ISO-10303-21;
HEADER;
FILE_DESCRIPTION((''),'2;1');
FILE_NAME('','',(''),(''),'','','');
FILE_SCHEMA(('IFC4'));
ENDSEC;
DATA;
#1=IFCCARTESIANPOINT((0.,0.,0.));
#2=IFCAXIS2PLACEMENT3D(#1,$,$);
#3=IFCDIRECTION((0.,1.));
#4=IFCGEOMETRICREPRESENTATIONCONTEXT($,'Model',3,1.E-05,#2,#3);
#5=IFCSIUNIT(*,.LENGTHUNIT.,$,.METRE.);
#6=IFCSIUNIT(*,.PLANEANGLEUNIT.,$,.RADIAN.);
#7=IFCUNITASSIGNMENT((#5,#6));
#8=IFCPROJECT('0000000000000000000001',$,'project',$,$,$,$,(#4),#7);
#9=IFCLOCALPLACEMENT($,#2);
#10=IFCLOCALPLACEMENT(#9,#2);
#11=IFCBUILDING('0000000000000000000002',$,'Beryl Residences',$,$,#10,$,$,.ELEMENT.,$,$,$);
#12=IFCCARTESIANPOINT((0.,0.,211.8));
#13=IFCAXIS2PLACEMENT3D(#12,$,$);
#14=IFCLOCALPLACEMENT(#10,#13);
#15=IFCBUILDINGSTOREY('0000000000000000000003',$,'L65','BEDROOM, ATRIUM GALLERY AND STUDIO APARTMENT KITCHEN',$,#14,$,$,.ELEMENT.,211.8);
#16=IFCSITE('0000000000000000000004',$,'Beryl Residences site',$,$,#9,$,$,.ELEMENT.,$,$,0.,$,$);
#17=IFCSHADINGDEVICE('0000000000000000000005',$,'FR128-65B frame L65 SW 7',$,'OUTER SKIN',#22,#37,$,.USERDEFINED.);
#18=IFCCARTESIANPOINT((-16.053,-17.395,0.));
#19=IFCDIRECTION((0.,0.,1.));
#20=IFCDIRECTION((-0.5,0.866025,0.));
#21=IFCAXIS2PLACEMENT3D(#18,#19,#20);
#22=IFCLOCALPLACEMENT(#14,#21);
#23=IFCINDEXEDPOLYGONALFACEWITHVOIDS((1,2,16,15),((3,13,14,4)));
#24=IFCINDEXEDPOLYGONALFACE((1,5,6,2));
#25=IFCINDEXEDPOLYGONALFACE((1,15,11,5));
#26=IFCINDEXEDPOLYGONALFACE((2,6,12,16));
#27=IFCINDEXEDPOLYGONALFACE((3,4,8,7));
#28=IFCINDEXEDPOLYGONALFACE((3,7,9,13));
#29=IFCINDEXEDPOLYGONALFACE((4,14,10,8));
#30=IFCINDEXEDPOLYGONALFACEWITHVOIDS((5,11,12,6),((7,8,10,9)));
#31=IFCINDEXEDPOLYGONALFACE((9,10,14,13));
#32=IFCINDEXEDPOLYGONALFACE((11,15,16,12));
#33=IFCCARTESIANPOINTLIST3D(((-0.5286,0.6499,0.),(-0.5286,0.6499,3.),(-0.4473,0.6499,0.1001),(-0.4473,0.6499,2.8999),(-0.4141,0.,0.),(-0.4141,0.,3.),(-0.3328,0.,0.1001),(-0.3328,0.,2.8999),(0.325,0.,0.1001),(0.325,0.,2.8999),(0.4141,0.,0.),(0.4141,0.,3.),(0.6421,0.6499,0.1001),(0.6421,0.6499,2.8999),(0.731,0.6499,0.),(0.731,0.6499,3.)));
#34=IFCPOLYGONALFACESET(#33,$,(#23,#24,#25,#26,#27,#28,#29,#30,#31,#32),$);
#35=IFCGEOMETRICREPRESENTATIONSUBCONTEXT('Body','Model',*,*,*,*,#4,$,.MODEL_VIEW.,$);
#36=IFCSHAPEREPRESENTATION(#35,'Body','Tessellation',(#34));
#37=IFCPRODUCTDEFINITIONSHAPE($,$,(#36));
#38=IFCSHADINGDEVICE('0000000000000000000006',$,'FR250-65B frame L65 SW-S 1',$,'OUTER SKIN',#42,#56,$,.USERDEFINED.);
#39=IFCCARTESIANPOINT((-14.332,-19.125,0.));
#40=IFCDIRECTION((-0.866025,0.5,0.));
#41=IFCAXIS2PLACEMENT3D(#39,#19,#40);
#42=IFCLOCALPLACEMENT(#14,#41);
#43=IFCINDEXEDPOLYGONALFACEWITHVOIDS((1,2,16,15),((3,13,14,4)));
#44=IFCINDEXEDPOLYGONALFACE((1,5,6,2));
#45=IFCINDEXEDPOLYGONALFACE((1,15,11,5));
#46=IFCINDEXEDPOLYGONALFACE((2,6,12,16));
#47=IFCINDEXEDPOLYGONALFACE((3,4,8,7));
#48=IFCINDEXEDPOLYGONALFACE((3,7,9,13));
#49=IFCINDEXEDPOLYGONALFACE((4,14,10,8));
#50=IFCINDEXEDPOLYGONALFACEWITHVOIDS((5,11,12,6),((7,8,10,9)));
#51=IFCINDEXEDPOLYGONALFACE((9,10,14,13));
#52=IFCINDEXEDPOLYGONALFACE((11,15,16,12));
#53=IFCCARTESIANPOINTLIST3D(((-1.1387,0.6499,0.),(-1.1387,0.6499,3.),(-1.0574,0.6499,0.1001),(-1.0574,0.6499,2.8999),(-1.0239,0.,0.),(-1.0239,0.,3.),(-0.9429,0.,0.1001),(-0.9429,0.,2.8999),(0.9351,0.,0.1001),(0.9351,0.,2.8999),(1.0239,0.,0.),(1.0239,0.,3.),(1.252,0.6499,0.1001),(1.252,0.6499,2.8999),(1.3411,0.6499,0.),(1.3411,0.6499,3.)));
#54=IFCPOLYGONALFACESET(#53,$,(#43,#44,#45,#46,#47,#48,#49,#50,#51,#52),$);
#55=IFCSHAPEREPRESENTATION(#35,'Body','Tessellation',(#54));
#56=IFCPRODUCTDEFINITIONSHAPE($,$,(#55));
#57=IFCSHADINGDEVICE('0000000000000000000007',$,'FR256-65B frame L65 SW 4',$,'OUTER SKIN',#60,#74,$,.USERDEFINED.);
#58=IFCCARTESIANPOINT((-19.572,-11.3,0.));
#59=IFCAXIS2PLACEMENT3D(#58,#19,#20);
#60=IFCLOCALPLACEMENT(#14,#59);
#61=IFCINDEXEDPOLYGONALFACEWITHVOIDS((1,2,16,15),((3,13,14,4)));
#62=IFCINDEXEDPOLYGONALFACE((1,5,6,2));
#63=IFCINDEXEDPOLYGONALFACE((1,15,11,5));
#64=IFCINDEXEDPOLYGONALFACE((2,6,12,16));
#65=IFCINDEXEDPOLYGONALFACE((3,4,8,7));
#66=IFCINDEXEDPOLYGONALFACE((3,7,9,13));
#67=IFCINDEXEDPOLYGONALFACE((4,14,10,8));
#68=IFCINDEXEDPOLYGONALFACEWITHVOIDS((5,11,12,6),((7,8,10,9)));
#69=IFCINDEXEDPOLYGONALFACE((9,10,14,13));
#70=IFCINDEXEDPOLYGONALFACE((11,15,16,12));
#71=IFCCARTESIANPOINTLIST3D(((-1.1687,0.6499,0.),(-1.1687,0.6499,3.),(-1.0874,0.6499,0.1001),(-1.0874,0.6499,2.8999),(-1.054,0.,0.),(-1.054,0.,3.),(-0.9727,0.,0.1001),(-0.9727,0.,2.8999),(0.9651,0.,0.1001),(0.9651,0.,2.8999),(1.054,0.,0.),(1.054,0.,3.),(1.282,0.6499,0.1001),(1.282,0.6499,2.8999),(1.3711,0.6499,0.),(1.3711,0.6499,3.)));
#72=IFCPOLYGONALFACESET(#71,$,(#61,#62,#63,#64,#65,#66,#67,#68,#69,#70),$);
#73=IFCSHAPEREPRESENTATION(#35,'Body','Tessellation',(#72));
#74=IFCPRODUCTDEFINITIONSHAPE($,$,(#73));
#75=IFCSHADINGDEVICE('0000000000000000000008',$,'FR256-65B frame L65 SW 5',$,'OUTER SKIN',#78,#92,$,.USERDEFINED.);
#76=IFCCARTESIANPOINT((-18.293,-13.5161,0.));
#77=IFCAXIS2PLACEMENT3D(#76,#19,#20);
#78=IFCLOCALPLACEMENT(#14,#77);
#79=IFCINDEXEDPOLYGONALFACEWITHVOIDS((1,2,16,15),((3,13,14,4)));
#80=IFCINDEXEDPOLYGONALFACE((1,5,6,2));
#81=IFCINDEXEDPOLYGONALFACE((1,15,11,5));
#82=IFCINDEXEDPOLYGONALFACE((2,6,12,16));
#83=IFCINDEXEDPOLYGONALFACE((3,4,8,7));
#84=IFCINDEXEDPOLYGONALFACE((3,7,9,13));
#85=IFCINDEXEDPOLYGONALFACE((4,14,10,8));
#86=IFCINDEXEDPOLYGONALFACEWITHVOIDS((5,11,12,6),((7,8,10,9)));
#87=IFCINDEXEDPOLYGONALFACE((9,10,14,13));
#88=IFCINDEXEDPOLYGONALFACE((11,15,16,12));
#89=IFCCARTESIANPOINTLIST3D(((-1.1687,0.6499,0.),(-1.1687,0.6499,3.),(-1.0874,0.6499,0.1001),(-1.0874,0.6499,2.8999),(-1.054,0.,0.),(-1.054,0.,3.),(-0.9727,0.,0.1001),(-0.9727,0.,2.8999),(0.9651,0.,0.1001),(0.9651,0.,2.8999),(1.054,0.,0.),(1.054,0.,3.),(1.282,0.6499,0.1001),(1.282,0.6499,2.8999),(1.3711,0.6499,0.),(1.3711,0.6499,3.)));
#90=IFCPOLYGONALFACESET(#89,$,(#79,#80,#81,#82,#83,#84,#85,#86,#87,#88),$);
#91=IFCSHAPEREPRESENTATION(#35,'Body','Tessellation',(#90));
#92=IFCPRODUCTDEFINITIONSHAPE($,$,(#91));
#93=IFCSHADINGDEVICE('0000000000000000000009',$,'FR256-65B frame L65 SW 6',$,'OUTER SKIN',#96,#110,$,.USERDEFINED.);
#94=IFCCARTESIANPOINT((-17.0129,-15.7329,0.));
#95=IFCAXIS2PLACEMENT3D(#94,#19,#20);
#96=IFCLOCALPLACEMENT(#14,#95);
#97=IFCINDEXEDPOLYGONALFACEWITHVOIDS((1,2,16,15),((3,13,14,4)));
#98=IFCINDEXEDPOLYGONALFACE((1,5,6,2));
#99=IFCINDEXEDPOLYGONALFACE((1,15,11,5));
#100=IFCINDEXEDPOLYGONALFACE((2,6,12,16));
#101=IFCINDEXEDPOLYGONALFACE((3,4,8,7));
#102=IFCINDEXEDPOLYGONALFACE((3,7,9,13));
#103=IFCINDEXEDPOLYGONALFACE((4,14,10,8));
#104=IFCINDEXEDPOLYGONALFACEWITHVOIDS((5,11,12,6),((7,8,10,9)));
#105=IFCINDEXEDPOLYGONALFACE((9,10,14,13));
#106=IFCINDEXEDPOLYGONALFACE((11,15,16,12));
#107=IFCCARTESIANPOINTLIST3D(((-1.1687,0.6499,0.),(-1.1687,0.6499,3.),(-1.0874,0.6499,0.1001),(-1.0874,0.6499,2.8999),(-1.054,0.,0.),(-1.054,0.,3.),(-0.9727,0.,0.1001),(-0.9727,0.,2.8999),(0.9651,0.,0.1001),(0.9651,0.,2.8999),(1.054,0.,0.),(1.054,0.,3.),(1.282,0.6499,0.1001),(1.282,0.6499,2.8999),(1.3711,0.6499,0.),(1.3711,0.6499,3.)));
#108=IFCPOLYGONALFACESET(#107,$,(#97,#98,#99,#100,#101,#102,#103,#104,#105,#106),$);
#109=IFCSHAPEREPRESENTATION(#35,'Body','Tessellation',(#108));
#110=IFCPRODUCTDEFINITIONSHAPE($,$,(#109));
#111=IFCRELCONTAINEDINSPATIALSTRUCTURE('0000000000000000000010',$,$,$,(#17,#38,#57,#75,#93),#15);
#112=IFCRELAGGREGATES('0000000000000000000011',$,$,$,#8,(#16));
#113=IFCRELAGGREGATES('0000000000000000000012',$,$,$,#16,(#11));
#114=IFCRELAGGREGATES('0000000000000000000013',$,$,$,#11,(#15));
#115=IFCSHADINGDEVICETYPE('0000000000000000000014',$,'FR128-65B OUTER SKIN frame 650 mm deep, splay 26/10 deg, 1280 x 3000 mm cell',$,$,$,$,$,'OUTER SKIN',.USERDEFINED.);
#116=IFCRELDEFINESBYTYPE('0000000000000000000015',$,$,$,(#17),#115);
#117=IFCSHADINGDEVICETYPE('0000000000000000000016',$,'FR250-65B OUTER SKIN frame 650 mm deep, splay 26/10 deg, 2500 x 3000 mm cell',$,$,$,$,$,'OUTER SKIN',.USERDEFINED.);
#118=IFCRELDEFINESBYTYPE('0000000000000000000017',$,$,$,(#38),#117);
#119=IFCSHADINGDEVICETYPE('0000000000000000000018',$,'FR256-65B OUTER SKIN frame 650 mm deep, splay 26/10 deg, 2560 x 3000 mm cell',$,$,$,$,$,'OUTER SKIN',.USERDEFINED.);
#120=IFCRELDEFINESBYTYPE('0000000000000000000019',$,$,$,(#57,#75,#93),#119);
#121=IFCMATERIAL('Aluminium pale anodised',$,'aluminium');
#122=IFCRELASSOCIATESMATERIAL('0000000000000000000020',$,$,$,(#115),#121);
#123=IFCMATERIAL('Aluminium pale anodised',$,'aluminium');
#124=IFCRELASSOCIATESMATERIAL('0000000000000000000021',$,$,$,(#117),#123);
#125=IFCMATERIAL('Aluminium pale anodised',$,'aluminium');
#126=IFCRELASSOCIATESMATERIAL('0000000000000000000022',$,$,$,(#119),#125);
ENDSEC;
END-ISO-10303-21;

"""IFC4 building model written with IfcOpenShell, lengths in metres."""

from ifc_helpers import new_model, entity, si_unit, direction, frame, origin, place, context, subcontext, project, spatial, source, transform, mapped, material, type_object, type_shapes, element, save


model = new_model("IFC4")

# Units and contexts
model_context = context("Model", 3, precision=1e-05, world=origin(), true_north=direction((0.0, 1.0)))
body_context = subcontext(model_context, "Body", "Model", "MODEL_VIEW")
ifc_project = project(units=[si_unit("LENGTHUNIT", "METRE"), si_unit("PLANEANGLEUNIT", "RADIAN")], contexts=[model_context])

# Site, building, storey
site_placement = place(None, origin())
site = spatial("IfcSite", under=ifc_project, at=site_placement, Name="Beryl Residences site", CompositionType="ELEMENT", RefElevation=0.0)
building_placement = place(site_placement, origin())
building = spatial("IfcBuilding", under=site, at=building_placement, Name="Beryl Residences", CompositionType="ELEMENT")
storey_placement = place(building_placement, frame((0.0, 0.0, 211.8)))
storey = spatial("IfcBuildingStorey", under=building, at=storey_placement, Name="L65", Description="BEDROOM, ATRIUM GALLERY AND STUDIO APARTMENT KITCHEN", CompositionType="ELEMENT", Elevation=211.8)

# Shading devices
ifc_material_1 = material(Name="Aluminium pale anodised", Category="aluminium")
shading_device_type_1 = type_object("IfcShadingDeviceType", Name="FR128-65B OUTER SKIN frame 650 mm deep, splay 26/10 deg, 1280 x 3000 mm cell", ElementType="OUTER SKIN", PredefinedType="USERDEFINED", material=ifc_material_1)
cartesian_point_1 = entity("IfcCartesianPoint", [-0.4141, 0.0])
cartesian_point_2 = entity("IfcCartesianPoint", [-0.325, 0.1001])
cartesian_point_3 = entity("IfcCartesianPoint", [-0.731, 0.0])
cartesian_point_4 = entity("IfcCartesianPoint", [-0.6421, 0.1001])
shared_shape_1 = source(origin(), body_context, "Body", "SweptSolid", [
    entity("IfcExtrudedAreaSolidTapered", entity("IfcArbitraryProfileDefWithVoids", "AREA", None, entity("IfcPolyline", [cartesian_point_1, entity("IfcCartesianPoint", [0.4141, 0.0]), entity("IfcCartesianPoint", [0.4141, 3.0]), entity("IfcCartesianPoint", [-0.4141, 3.0]), cartesian_point_1]), [entity("IfcPolyline", [cartesian_point_2, entity("IfcCartesianPoint", [0.3328, 0.1001]), entity("IfcCartesianPoint", [0.3328, 2.8999]), entity("IfcCartesianPoint", [-0.325, 2.8999]), cartesian_point_2])]), entity("IfcAxis2Placement3D", entity("IfcCartesianPoint", [0.0, 0.0, 0.0]), entity("IfcDirection", [0.0, 1.0, 0.0]), entity("IfcDirection", [-1.0, 0.0, 0.0])), entity("IfcDirection", [0.0, 0.0, 1.0]), 0.6499, entity("IfcArbitraryProfileDefWithVoids", "AREA", None, entity("IfcPolyline", [cartesian_point_3, entity("IfcCartesianPoint", [0.5286, 0.0]), entity("IfcCartesianPoint", [0.5286, 3.0]), entity("IfcCartesianPoint", [-0.731, 3.0]), cartesian_point_3]), [entity("IfcPolyline", [cartesian_point_4, entity("IfcCartesianPoint", [0.4473, 0.1001]), entity("IfcCartesianPoint", [0.4473, 2.8999]), entity("IfcCartesianPoint", [-0.6421, 2.8999]), cartesian_point_4])])),
])
type_shapes(shading_device_type_1, [shared_shape_1])
shading_device_1_placement = place(storey_placement, frame((-16.053, -17.395, 0.0), z_axis=(0.0, 0.0, 1.0), x_axis=(-0.5, 0.866025, 0.0)))
element("IfcShadingDevice", 1, at=shading_device_1_placement, inside=storey, type_object=shading_device_type_1, Name="FR128-65B frame L65 SW 7", ObjectType="OUTER SKIN", PredefinedType="USERDEFINED", context=body_context, shape_type="MappedRepresentation", body=[
    mapped(shared_shape_1, transform((0.0, 0.0, 0.0))),
])
ifc_material_2 = material(Name="Aluminium pale anodised", Category="aluminium")
shading_device_type_2 = type_object("IfcShadingDeviceType", Name="FR250-65B OUTER SKIN frame 650 mm deep, splay 26/10 deg, 2500 x 3000 mm cell", ElementType="OUTER SKIN", PredefinedType="USERDEFINED", material=ifc_material_2)
cartesian_point_5 = entity("IfcCartesianPoint", [-1.0239, 0.0])
cartesian_point_6 = entity("IfcCartesianPoint", [-0.9351, 0.1001])
cartesian_point_7 = entity("IfcCartesianPoint", [-1.3411, 0.0])
cartesian_point_8 = entity("IfcCartesianPoint", [-1.252, 0.1001])
shared_shape_2 = source(origin(), body_context, "Body", "SweptSolid", [
    entity("IfcExtrudedAreaSolidTapered", entity("IfcArbitraryProfileDefWithVoids", "AREA", None, entity("IfcPolyline", [cartesian_point_5, entity("IfcCartesianPoint", [1.0239, 0.0]), entity("IfcCartesianPoint", [1.0239, 3.0]), entity("IfcCartesianPoint", [-1.0239, 3.0]), cartesian_point_5]), [entity("IfcPolyline", [cartesian_point_6, entity("IfcCartesianPoint", [0.9429, 0.1001]), entity("IfcCartesianPoint", [0.9429, 2.8999]), entity("IfcCartesianPoint", [-0.9351, 2.8999]), cartesian_point_6])]), entity("IfcAxis2Placement3D", entity("IfcCartesianPoint", [0.0, 0.0, 0.0]), entity("IfcDirection", [0.0, 1.0, 0.0]), entity("IfcDirection", [-1.0, 0.0, 0.0])), entity("IfcDirection", [0.0, 0.0, 1.0]), 0.6499, entity("IfcArbitraryProfileDefWithVoids", "AREA", None, entity("IfcPolyline", [cartesian_point_7, entity("IfcCartesianPoint", [1.1387, 0.0]), entity("IfcCartesianPoint", [1.1387, 3.0]), entity("IfcCartesianPoint", [-1.3411, 3.0]), cartesian_point_7]), [entity("IfcPolyline", [cartesian_point_8, entity("IfcCartesianPoint", [1.0574, 0.1001]), entity("IfcCartesianPoint", [1.0574, 2.8999]), entity("IfcCartesianPoint", [-1.252, 2.8999]), cartesian_point_8])])),
])
type_shapes(shading_device_type_2, [shared_shape_2])
shading_device_2_placement = place(storey_placement, frame((-14.332, -19.125, 0.0), z_axis=(0.0, 0.0, 1.0), x_axis=(-0.866025, 0.5, 0.0)))
element("IfcShadingDevice", 2, at=shading_device_2_placement, inside=storey, type_object=shading_device_type_2, Name="FR250-65B frame L65 SW-S 1", ObjectType="OUTER SKIN", PredefinedType="USERDEFINED", context=body_context, shape_type="MappedRepresentation", body=[
    mapped(shared_shape_2, transform((0.0, 0.0, 0.0))),
])
ifc_material_3 = material(Name="Aluminium pale anodised", Category="aluminium")
shading_device_type_3 = type_object("IfcShadingDeviceType", Name="FR256-65B OUTER SKIN frame 650 mm deep, splay 26/10 deg, 2560 x 3000 mm cell", ElementType="OUTER SKIN", PredefinedType="USERDEFINED", material=ifc_material_3)
cartesian_point_9 = entity("IfcCartesianPoint", [-1.054, 0.0])
cartesian_point_10 = entity("IfcCartesianPoint", [-0.9651, 0.1001])
cartesian_point_11 = entity("IfcCartesianPoint", [-1.3711, 0.0])
cartesian_point_12 = entity("IfcCartesianPoint", [-1.282, 0.1001])
shared_shape_3 = source(origin(), body_context, "Body", "SweptSolid", [
    entity("IfcExtrudedAreaSolidTapered", entity("IfcArbitraryProfileDefWithVoids", "AREA", None, entity("IfcPolyline", [cartesian_point_9, entity("IfcCartesianPoint", [1.054, 0.0]), entity("IfcCartesianPoint", [1.054, 3.0]), entity("IfcCartesianPoint", [-1.054, 3.0]), cartesian_point_9]), [entity("IfcPolyline", [cartesian_point_10, entity("IfcCartesianPoint", [0.9727, 0.1001]), entity("IfcCartesianPoint", [0.9727, 2.8999]), entity("IfcCartesianPoint", [-0.9651, 2.8999]), cartesian_point_10])]), entity("IfcAxis2Placement3D", entity("IfcCartesianPoint", [0.0, 0.0, 0.0]), entity("IfcDirection", [0.0, 1.0, 0.0]), entity("IfcDirection", [-1.0, 0.0, 0.0])), entity("IfcDirection", [0.0, 0.0, 1.0]), 0.6499, entity("IfcArbitraryProfileDefWithVoids", "AREA", None, entity("IfcPolyline", [cartesian_point_11, entity("IfcCartesianPoint", [1.1687, 0.0]), entity("IfcCartesianPoint", [1.1687, 3.0]), entity("IfcCartesianPoint", [-1.3711, 3.0]), cartesian_point_11]), [entity("IfcPolyline", [cartesian_point_12, entity("IfcCartesianPoint", [1.0874, 0.1001]), entity("IfcCartesianPoint", [1.0874, 2.8999]), entity("IfcCartesianPoint", [-1.282, 2.8999]), cartesian_point_12])])),
])
type_shapes(shading_device_type_3, [shared_shape_3])
for number, where, z_axis, x_axis, name in (
    (3, (-19.572, -11.3, 0.0), (0.0, 0.0, 1.0), (-0.5, 0.866025, 0.0), "FR256-65B frame L65 SW 4"),
    (4, (-18.293, -13.5161, 0.0), (0.0, 0.0, 1.0), (-0.5, 0.866025, 0.0), "FR256-65B frame L65 SW 5"),
    (5, (-17.0129, -15.7329, 0.0), (0.0, 0.0, 1.0), (-0.5, 0.866025, 0.0), "FR256-65B frame L65 SW 6"),
):
    element("IfcShadingDevice", number, at=place(storey_placement, frame(where, z_axis=z_axis, x_axis=x_axis)), inside=storey, type_object=shading_device_type_3, Name=name, ObjectType="OUTER SKIN", PredefinedType="USERDEFINED", context=body_context, shape_type="MappedRepresentation", body=[
        mapped(shared_shape_3, transform((0.0, 0.0, 0.0))),
    ])

save(model, "model.ifc")
